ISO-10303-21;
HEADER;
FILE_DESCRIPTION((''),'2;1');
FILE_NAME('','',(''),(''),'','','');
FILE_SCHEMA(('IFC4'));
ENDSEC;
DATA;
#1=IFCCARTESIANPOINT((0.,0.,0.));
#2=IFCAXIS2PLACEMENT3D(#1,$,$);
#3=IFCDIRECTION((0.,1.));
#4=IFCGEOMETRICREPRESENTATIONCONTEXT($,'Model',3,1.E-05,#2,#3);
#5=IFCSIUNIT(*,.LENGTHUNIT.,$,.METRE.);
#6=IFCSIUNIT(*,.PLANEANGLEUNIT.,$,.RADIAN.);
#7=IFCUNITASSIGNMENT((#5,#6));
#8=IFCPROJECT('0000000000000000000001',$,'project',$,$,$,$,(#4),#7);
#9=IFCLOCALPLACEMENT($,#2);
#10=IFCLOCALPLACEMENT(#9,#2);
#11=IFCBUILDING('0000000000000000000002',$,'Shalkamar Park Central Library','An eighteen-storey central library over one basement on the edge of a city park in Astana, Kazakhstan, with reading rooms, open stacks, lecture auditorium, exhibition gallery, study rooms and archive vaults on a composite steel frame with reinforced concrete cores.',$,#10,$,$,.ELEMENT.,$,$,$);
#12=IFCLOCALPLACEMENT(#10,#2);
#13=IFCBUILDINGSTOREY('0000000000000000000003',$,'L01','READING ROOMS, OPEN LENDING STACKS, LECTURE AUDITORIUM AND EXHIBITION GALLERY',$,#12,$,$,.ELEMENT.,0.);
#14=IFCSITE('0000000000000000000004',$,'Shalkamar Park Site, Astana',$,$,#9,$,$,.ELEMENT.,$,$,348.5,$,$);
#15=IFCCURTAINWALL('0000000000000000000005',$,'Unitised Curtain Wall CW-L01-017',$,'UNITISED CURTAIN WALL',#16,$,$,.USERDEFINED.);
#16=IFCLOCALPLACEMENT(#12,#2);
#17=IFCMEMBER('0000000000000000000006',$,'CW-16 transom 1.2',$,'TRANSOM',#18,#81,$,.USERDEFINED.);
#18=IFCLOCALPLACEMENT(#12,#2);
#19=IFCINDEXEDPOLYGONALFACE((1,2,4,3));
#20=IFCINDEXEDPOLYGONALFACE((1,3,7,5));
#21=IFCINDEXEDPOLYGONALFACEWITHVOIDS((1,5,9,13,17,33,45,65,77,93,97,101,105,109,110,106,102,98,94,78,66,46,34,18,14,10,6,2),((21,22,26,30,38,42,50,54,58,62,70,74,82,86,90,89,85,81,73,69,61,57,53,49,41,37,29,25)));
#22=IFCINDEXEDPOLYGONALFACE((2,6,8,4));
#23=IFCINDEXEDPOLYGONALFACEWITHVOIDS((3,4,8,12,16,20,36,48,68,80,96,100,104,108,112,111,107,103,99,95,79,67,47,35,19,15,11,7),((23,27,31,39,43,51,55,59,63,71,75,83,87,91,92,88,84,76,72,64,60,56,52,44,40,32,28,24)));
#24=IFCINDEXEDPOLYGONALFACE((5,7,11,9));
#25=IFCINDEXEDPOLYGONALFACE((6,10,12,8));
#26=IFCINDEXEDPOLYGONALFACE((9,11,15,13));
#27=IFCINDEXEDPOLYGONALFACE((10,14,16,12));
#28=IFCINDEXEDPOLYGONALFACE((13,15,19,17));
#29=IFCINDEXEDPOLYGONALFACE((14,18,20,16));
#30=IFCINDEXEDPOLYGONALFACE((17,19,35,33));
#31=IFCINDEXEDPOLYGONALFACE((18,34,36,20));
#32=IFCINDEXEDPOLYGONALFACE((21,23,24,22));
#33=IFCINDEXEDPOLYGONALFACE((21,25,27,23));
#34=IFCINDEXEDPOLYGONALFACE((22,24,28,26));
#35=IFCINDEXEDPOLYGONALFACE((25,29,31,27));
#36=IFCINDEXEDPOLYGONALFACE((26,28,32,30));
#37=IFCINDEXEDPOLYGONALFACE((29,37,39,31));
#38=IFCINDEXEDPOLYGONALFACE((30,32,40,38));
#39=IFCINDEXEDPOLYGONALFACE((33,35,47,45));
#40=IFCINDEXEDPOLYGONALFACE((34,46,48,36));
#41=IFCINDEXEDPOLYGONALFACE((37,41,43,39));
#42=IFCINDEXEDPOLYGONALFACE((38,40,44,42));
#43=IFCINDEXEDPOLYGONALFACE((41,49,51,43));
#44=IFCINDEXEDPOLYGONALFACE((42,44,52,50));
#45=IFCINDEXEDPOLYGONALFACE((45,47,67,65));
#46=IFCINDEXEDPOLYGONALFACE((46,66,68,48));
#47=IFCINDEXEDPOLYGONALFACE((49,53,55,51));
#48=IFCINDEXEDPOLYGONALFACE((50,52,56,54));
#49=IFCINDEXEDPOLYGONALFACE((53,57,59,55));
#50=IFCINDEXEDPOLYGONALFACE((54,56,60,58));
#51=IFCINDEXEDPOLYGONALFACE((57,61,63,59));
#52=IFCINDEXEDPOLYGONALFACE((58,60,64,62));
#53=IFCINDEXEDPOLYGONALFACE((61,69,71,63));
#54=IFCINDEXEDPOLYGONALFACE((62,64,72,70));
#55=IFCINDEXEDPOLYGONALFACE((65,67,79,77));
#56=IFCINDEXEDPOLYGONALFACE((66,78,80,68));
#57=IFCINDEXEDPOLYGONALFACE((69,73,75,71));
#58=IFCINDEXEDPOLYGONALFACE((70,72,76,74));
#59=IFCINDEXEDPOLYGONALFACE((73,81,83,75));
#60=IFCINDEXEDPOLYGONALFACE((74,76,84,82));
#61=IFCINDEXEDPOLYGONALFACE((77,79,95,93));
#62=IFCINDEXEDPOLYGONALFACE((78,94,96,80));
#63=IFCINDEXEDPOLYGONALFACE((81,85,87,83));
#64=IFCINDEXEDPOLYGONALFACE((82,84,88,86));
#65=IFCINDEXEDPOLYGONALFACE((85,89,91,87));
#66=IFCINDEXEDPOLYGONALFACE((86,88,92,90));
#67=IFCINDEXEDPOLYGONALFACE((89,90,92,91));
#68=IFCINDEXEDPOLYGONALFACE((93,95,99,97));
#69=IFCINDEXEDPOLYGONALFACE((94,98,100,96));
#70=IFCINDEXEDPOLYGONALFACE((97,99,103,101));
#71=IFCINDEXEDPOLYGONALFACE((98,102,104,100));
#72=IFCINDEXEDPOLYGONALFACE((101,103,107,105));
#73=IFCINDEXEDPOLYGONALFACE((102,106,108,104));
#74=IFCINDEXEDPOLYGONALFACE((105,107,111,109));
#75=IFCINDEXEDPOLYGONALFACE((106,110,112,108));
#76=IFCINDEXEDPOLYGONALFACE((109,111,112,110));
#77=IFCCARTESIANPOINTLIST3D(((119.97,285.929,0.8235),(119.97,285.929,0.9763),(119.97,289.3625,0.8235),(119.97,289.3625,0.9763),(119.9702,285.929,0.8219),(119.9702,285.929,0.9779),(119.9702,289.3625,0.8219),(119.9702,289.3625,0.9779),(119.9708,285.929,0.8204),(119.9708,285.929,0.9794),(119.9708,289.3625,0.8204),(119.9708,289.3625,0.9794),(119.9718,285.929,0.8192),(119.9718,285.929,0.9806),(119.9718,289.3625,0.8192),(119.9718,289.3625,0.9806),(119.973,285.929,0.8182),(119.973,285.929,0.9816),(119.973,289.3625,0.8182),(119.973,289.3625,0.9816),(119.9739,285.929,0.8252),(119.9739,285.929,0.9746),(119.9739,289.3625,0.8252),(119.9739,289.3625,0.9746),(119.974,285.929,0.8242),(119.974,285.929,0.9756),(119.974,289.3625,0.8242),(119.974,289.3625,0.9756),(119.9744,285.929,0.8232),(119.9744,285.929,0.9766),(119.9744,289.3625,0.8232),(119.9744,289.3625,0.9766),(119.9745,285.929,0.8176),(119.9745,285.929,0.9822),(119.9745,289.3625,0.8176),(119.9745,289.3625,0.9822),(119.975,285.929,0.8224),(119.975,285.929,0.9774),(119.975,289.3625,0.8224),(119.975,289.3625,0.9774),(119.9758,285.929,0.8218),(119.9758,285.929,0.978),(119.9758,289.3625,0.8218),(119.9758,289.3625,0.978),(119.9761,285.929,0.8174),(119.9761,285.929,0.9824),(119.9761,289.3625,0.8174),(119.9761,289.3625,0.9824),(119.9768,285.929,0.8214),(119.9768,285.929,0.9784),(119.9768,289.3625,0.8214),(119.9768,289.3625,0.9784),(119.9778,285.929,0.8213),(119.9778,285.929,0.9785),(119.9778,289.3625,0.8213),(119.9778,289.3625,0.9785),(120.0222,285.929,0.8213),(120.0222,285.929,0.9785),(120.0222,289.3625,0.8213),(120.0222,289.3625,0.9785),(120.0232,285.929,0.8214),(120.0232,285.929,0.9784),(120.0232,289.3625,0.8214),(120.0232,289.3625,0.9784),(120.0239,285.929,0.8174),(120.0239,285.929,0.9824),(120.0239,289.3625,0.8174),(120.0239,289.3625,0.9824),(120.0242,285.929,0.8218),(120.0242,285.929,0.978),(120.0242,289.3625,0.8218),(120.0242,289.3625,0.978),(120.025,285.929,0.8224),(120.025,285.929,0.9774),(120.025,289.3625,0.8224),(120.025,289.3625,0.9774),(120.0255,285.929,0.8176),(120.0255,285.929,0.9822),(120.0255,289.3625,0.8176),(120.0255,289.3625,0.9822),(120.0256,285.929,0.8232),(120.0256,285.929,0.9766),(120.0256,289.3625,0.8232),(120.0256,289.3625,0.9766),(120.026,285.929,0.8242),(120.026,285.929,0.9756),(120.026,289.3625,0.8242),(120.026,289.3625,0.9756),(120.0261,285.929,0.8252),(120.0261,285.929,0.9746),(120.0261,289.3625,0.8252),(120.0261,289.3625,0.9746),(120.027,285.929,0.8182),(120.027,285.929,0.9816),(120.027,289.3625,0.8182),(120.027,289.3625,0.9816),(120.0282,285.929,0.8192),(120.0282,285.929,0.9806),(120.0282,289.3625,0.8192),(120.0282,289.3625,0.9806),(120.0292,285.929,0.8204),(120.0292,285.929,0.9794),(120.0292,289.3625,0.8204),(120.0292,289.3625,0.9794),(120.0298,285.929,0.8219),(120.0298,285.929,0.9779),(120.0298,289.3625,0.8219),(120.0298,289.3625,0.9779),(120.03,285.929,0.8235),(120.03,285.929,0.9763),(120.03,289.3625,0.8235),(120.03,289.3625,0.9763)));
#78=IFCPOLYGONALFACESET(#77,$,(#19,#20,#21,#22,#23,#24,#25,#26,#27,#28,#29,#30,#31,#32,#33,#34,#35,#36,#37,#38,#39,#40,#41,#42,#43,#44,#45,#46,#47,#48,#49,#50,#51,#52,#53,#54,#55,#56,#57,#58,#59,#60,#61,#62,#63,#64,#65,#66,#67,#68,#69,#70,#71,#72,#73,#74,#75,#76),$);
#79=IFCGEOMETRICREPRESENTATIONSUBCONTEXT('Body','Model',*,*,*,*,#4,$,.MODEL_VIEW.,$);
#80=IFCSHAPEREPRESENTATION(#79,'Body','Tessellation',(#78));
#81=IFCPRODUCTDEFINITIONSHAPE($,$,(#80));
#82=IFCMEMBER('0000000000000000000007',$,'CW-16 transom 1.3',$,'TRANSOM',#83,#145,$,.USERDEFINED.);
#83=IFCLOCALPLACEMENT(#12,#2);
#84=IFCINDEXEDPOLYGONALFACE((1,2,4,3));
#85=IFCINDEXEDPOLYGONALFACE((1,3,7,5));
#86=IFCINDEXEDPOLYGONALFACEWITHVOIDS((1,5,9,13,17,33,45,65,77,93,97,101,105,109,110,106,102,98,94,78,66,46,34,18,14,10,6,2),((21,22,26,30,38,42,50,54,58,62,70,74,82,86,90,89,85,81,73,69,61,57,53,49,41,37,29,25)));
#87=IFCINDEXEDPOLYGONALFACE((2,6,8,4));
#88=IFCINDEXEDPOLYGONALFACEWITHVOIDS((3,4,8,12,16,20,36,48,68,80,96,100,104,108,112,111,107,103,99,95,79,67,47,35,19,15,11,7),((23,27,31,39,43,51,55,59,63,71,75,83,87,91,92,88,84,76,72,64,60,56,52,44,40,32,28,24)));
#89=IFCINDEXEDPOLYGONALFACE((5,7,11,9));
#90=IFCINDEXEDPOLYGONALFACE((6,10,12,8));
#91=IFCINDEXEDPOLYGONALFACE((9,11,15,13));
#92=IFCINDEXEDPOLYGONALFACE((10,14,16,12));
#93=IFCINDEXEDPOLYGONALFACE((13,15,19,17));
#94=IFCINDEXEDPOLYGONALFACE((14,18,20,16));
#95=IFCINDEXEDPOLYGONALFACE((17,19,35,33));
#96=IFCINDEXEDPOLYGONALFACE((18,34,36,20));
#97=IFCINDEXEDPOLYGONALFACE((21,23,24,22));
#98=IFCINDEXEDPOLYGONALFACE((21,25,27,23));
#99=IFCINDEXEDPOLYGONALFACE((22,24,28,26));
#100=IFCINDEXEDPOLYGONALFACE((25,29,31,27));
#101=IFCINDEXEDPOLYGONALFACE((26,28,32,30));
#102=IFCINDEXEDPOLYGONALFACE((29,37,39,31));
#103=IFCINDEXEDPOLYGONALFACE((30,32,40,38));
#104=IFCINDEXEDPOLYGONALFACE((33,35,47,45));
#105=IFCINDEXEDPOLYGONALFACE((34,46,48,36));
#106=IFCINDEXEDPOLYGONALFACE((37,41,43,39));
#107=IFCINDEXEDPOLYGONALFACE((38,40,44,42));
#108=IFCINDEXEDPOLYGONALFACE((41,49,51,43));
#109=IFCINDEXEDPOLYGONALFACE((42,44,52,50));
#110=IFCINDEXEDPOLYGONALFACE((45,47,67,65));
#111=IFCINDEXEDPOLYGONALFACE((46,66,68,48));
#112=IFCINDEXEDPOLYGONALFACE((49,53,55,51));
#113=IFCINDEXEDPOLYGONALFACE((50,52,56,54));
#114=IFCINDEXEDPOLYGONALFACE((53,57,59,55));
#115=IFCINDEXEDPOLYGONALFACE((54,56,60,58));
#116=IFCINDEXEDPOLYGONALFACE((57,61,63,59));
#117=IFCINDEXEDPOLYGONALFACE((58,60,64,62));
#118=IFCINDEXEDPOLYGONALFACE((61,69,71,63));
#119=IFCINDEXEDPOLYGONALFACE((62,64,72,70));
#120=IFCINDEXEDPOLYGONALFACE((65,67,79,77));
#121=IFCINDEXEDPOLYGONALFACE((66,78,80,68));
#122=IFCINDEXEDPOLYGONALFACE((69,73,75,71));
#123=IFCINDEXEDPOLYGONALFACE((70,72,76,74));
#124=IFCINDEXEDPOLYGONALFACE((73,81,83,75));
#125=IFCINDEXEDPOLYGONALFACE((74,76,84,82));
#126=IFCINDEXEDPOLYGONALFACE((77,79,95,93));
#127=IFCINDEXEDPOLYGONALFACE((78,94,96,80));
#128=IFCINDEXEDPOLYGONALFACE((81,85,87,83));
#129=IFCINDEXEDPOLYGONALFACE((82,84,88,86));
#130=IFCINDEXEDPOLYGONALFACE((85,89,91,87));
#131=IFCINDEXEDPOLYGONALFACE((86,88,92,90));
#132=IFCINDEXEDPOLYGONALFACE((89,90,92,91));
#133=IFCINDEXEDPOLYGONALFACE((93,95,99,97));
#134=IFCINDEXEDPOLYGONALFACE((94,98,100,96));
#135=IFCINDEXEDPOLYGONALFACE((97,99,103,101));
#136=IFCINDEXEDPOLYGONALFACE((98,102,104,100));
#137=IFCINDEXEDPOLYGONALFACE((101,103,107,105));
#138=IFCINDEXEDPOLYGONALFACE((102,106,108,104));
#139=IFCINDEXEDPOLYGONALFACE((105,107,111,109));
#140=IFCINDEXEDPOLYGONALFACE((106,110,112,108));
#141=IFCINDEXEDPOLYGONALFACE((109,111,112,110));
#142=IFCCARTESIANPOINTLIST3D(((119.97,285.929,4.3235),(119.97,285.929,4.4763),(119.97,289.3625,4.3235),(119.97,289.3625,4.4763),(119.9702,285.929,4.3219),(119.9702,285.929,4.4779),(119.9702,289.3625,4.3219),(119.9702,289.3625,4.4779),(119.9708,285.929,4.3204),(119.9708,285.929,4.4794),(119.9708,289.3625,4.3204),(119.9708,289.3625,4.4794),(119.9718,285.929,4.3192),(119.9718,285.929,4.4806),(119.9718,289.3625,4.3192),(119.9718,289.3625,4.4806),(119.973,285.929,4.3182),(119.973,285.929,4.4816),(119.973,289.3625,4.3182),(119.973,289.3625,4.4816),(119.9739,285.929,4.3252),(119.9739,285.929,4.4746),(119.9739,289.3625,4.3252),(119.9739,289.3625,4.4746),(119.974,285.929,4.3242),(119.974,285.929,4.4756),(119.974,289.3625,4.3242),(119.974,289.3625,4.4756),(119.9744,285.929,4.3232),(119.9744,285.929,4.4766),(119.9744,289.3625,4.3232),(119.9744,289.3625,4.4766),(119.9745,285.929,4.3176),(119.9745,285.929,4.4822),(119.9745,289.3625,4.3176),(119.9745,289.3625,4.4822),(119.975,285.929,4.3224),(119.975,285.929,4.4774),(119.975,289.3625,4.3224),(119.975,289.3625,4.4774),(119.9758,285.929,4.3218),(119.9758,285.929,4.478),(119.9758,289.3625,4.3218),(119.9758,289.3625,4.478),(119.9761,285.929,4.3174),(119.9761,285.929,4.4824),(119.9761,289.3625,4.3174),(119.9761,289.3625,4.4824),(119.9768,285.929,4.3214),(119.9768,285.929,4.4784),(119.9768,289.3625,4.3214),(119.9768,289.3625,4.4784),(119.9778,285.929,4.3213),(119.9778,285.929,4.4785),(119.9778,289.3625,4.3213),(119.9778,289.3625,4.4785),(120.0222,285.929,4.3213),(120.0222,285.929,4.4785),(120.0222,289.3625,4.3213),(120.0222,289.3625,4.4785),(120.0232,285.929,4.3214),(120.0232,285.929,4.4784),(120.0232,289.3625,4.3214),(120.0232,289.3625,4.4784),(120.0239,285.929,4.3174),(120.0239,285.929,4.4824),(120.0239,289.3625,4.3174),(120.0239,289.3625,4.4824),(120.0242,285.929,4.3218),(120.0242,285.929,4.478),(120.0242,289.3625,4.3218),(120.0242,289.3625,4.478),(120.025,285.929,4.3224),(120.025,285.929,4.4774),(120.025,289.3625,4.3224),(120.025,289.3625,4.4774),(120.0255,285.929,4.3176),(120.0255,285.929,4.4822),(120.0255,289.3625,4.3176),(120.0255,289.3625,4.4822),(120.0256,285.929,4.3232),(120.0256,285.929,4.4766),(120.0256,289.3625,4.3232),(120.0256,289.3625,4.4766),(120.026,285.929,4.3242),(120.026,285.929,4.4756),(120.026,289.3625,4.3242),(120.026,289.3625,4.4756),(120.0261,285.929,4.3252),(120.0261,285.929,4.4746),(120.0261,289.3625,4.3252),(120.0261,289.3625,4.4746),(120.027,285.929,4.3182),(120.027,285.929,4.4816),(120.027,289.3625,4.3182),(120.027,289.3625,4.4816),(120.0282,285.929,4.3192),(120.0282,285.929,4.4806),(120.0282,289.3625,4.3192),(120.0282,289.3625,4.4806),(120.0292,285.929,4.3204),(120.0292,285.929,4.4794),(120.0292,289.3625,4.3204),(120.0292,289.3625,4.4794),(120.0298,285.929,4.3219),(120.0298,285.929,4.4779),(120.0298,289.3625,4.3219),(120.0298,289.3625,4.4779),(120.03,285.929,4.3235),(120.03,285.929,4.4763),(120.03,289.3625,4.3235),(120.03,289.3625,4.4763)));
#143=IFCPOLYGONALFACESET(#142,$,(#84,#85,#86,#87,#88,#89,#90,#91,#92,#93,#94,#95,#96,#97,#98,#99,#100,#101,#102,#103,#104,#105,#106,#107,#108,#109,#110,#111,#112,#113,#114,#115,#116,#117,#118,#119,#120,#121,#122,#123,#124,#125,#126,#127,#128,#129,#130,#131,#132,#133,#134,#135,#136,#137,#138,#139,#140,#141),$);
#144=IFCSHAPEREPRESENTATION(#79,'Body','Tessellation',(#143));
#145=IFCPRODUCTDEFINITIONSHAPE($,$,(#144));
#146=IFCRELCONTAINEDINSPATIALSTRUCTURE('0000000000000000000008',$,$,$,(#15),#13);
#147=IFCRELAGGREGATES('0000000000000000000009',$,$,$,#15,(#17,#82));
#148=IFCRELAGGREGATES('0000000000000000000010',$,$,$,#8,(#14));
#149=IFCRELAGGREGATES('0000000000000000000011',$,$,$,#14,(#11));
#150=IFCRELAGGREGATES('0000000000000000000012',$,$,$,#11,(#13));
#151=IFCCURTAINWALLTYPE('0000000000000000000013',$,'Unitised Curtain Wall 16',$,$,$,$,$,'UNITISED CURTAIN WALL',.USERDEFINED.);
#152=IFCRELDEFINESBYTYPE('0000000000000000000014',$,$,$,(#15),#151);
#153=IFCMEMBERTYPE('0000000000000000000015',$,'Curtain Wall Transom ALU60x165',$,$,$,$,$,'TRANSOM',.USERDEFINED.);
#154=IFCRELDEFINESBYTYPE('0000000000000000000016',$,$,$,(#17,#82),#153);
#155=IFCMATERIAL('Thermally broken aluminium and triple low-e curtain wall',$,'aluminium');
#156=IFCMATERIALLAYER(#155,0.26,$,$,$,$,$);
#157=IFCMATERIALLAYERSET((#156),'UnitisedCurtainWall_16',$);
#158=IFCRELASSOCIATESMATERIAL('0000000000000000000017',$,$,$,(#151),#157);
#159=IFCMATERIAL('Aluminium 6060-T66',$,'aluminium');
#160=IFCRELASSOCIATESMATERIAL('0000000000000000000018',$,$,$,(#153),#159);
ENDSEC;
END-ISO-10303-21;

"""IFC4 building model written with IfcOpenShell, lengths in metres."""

from ifc_helpers import new_model, si_unit, direction, frame, origin, origin_2d, place, context, subcontext, project, spatial, hollow_rectangle, extrude, material, layer, layer_set, material_profile, profile_set, type_object, element, aggregate, save


model = new_model("IFC4")

# Units and contexts
model_context = context("Model", 3, precision=1e-05, world=origin(), true_north=direction((0.0, 1.0)))
body_context = subcontext(model_context, "Body", "Model", "MODEL_VIEW")
ifc_project = project(units=[si_unit("LENGTHUNIT", "METRE"), si_unit("PLANEANGLEUNIT", "RADIAN")], contexts=[model_context])

# Site, building, storey
site_placement = place(None, origin())
site = spatial("IfcSite", under=ifc_project, at=site_placement, Name="Shalkamar Park Site, Astana", CompositionType="ELEMENT", RefElevation=348.5)
building_placement = place(site_placement, origin())
building = spatial("IfcBuilding", under=site, at=building_placement, Name="Shalkamar Park Central Library", Description="An eighteen-storey central library over one basement on the edge of a city park in Astana, Kazakhstan, with reading rooms, open stacks, lecture auditorium, exhibition gallery, study rooms and archive vaults on a composite steel frame with reinforced concrete cores.", CompositionType="ELEMENT")
storey_placement = place(building_placement, origin())
storey = spatial("IfcBuildingStorey", under=building, at=storey_placement, Name="L01", Description="READING ROOMS, OPEN LENDING STACKS, LECTURE AUDITORIUM AND EXHIBITION GALLERY", CompositionType="ELEMENT", Elevation=0.0)

# Curtain wall, members
ifc_material_1 = material(Name="Thermally broken aluminium and triple low-e curtain wall", Category="aluminium")
ifc_layer_1 = layer(ifc_material_1, 0.26)
ifc_layer_set_1 = layer_set([ifc_layer_1], Name="UnitisedCurtainWall_16")
curtain_wall_type = type_object("IfcCurtainWallType", Name="Unitised Curtain Wall 16", ElementType="UNITISED CURTAIN WALL", PredefinedType="USERDEFINED", material=ifc_layer_set_1)
curtain_wall_placement = place(storey_placement, origin())
curtain_wall = element("IfcCurtainWall", 1, at=curtain_wall_placement, inside=storey, type_object=curtain_wall_type, Name="Unitised Curtain Wall CW-L01-017", ObjectType="UNITISED CURTAIN WALL", PredefinedType="USERDEFINED")
ifc_material_2 = material(Name="Aluminium 6060-T66", Category="aluminium")
ifc_material_profile_1 = material_profile(ifc_material_2, hollow_rectangle(XDim=0.0601, YDim=0.165, WallThickness=0.0039, InnerFilletRadius=0.0039, OuterFilletRadius=0.0061, at=origin_2d()), Name="ALU 60x165x4")
ifc_profile_set_1 = profile_set([ifc_material_profile_1], Name="Aluminium 6060-T66")
member_type_1 = type_object("IfcMemberType", Name="Curtain Wall Transom ALU60x165", ElementType="TRANSOM", PredefinedType="USERDEFINED", material=ifc_profile_set_1)
member_1_placement = place(storey_placement, frame((120.0, 285.929, 0.8999), z_axis=(0.0, 1.0, 0.0), x_axis=(-1.0, 0.0, 0.0)))
member_1 = element("IfcMember", 2, at=member_1_placement, type_object=member_type_1, Name="CW-16 transom 1.2", ObjectType="TRANSOM", PredefinedType="USERDEFINED", context=body_context, shape_type="SweptSolid", body=[
    extrude(hollow_rectangle(XDim=0.0601, YDim=0.165, WallThickness=0.0039, InnerFilletRadius=0.0039, OuterFilletRadius=0.0061, at=origin_2d()), origin(), (0.0, 0.0, 1.0), 3.4336),
])
member_2_placement = place(storey_placement, frame((120.0, 285.929, 4.3999), z_axis=(0.0, 1.0, 0.0), x_axis=(-1.0, 0.0, 0.0)))
member_2 = element("IfcMember", 3, at=member_2_placement, type_object=member_type_1, Name="CW-16 transom 1.3", ObjectType="TRANSOM", PredefinedType="USERDEFINED", context=body_context, shape_type="SweptSolid", body=[
    extrude(hollow_rectangle(XDim=0.0601, YDim=0.165, WallThickness=0.0039, InnerFilletRadius=0.0039, OuterFilletRadius=0.0061, at=origin_2d()), origin(), (0.0, 0.0, 1.0), 3.4336),
])

aggregate(curtain_wall, [member_1, member_2])

save(model, "model.ifc")
